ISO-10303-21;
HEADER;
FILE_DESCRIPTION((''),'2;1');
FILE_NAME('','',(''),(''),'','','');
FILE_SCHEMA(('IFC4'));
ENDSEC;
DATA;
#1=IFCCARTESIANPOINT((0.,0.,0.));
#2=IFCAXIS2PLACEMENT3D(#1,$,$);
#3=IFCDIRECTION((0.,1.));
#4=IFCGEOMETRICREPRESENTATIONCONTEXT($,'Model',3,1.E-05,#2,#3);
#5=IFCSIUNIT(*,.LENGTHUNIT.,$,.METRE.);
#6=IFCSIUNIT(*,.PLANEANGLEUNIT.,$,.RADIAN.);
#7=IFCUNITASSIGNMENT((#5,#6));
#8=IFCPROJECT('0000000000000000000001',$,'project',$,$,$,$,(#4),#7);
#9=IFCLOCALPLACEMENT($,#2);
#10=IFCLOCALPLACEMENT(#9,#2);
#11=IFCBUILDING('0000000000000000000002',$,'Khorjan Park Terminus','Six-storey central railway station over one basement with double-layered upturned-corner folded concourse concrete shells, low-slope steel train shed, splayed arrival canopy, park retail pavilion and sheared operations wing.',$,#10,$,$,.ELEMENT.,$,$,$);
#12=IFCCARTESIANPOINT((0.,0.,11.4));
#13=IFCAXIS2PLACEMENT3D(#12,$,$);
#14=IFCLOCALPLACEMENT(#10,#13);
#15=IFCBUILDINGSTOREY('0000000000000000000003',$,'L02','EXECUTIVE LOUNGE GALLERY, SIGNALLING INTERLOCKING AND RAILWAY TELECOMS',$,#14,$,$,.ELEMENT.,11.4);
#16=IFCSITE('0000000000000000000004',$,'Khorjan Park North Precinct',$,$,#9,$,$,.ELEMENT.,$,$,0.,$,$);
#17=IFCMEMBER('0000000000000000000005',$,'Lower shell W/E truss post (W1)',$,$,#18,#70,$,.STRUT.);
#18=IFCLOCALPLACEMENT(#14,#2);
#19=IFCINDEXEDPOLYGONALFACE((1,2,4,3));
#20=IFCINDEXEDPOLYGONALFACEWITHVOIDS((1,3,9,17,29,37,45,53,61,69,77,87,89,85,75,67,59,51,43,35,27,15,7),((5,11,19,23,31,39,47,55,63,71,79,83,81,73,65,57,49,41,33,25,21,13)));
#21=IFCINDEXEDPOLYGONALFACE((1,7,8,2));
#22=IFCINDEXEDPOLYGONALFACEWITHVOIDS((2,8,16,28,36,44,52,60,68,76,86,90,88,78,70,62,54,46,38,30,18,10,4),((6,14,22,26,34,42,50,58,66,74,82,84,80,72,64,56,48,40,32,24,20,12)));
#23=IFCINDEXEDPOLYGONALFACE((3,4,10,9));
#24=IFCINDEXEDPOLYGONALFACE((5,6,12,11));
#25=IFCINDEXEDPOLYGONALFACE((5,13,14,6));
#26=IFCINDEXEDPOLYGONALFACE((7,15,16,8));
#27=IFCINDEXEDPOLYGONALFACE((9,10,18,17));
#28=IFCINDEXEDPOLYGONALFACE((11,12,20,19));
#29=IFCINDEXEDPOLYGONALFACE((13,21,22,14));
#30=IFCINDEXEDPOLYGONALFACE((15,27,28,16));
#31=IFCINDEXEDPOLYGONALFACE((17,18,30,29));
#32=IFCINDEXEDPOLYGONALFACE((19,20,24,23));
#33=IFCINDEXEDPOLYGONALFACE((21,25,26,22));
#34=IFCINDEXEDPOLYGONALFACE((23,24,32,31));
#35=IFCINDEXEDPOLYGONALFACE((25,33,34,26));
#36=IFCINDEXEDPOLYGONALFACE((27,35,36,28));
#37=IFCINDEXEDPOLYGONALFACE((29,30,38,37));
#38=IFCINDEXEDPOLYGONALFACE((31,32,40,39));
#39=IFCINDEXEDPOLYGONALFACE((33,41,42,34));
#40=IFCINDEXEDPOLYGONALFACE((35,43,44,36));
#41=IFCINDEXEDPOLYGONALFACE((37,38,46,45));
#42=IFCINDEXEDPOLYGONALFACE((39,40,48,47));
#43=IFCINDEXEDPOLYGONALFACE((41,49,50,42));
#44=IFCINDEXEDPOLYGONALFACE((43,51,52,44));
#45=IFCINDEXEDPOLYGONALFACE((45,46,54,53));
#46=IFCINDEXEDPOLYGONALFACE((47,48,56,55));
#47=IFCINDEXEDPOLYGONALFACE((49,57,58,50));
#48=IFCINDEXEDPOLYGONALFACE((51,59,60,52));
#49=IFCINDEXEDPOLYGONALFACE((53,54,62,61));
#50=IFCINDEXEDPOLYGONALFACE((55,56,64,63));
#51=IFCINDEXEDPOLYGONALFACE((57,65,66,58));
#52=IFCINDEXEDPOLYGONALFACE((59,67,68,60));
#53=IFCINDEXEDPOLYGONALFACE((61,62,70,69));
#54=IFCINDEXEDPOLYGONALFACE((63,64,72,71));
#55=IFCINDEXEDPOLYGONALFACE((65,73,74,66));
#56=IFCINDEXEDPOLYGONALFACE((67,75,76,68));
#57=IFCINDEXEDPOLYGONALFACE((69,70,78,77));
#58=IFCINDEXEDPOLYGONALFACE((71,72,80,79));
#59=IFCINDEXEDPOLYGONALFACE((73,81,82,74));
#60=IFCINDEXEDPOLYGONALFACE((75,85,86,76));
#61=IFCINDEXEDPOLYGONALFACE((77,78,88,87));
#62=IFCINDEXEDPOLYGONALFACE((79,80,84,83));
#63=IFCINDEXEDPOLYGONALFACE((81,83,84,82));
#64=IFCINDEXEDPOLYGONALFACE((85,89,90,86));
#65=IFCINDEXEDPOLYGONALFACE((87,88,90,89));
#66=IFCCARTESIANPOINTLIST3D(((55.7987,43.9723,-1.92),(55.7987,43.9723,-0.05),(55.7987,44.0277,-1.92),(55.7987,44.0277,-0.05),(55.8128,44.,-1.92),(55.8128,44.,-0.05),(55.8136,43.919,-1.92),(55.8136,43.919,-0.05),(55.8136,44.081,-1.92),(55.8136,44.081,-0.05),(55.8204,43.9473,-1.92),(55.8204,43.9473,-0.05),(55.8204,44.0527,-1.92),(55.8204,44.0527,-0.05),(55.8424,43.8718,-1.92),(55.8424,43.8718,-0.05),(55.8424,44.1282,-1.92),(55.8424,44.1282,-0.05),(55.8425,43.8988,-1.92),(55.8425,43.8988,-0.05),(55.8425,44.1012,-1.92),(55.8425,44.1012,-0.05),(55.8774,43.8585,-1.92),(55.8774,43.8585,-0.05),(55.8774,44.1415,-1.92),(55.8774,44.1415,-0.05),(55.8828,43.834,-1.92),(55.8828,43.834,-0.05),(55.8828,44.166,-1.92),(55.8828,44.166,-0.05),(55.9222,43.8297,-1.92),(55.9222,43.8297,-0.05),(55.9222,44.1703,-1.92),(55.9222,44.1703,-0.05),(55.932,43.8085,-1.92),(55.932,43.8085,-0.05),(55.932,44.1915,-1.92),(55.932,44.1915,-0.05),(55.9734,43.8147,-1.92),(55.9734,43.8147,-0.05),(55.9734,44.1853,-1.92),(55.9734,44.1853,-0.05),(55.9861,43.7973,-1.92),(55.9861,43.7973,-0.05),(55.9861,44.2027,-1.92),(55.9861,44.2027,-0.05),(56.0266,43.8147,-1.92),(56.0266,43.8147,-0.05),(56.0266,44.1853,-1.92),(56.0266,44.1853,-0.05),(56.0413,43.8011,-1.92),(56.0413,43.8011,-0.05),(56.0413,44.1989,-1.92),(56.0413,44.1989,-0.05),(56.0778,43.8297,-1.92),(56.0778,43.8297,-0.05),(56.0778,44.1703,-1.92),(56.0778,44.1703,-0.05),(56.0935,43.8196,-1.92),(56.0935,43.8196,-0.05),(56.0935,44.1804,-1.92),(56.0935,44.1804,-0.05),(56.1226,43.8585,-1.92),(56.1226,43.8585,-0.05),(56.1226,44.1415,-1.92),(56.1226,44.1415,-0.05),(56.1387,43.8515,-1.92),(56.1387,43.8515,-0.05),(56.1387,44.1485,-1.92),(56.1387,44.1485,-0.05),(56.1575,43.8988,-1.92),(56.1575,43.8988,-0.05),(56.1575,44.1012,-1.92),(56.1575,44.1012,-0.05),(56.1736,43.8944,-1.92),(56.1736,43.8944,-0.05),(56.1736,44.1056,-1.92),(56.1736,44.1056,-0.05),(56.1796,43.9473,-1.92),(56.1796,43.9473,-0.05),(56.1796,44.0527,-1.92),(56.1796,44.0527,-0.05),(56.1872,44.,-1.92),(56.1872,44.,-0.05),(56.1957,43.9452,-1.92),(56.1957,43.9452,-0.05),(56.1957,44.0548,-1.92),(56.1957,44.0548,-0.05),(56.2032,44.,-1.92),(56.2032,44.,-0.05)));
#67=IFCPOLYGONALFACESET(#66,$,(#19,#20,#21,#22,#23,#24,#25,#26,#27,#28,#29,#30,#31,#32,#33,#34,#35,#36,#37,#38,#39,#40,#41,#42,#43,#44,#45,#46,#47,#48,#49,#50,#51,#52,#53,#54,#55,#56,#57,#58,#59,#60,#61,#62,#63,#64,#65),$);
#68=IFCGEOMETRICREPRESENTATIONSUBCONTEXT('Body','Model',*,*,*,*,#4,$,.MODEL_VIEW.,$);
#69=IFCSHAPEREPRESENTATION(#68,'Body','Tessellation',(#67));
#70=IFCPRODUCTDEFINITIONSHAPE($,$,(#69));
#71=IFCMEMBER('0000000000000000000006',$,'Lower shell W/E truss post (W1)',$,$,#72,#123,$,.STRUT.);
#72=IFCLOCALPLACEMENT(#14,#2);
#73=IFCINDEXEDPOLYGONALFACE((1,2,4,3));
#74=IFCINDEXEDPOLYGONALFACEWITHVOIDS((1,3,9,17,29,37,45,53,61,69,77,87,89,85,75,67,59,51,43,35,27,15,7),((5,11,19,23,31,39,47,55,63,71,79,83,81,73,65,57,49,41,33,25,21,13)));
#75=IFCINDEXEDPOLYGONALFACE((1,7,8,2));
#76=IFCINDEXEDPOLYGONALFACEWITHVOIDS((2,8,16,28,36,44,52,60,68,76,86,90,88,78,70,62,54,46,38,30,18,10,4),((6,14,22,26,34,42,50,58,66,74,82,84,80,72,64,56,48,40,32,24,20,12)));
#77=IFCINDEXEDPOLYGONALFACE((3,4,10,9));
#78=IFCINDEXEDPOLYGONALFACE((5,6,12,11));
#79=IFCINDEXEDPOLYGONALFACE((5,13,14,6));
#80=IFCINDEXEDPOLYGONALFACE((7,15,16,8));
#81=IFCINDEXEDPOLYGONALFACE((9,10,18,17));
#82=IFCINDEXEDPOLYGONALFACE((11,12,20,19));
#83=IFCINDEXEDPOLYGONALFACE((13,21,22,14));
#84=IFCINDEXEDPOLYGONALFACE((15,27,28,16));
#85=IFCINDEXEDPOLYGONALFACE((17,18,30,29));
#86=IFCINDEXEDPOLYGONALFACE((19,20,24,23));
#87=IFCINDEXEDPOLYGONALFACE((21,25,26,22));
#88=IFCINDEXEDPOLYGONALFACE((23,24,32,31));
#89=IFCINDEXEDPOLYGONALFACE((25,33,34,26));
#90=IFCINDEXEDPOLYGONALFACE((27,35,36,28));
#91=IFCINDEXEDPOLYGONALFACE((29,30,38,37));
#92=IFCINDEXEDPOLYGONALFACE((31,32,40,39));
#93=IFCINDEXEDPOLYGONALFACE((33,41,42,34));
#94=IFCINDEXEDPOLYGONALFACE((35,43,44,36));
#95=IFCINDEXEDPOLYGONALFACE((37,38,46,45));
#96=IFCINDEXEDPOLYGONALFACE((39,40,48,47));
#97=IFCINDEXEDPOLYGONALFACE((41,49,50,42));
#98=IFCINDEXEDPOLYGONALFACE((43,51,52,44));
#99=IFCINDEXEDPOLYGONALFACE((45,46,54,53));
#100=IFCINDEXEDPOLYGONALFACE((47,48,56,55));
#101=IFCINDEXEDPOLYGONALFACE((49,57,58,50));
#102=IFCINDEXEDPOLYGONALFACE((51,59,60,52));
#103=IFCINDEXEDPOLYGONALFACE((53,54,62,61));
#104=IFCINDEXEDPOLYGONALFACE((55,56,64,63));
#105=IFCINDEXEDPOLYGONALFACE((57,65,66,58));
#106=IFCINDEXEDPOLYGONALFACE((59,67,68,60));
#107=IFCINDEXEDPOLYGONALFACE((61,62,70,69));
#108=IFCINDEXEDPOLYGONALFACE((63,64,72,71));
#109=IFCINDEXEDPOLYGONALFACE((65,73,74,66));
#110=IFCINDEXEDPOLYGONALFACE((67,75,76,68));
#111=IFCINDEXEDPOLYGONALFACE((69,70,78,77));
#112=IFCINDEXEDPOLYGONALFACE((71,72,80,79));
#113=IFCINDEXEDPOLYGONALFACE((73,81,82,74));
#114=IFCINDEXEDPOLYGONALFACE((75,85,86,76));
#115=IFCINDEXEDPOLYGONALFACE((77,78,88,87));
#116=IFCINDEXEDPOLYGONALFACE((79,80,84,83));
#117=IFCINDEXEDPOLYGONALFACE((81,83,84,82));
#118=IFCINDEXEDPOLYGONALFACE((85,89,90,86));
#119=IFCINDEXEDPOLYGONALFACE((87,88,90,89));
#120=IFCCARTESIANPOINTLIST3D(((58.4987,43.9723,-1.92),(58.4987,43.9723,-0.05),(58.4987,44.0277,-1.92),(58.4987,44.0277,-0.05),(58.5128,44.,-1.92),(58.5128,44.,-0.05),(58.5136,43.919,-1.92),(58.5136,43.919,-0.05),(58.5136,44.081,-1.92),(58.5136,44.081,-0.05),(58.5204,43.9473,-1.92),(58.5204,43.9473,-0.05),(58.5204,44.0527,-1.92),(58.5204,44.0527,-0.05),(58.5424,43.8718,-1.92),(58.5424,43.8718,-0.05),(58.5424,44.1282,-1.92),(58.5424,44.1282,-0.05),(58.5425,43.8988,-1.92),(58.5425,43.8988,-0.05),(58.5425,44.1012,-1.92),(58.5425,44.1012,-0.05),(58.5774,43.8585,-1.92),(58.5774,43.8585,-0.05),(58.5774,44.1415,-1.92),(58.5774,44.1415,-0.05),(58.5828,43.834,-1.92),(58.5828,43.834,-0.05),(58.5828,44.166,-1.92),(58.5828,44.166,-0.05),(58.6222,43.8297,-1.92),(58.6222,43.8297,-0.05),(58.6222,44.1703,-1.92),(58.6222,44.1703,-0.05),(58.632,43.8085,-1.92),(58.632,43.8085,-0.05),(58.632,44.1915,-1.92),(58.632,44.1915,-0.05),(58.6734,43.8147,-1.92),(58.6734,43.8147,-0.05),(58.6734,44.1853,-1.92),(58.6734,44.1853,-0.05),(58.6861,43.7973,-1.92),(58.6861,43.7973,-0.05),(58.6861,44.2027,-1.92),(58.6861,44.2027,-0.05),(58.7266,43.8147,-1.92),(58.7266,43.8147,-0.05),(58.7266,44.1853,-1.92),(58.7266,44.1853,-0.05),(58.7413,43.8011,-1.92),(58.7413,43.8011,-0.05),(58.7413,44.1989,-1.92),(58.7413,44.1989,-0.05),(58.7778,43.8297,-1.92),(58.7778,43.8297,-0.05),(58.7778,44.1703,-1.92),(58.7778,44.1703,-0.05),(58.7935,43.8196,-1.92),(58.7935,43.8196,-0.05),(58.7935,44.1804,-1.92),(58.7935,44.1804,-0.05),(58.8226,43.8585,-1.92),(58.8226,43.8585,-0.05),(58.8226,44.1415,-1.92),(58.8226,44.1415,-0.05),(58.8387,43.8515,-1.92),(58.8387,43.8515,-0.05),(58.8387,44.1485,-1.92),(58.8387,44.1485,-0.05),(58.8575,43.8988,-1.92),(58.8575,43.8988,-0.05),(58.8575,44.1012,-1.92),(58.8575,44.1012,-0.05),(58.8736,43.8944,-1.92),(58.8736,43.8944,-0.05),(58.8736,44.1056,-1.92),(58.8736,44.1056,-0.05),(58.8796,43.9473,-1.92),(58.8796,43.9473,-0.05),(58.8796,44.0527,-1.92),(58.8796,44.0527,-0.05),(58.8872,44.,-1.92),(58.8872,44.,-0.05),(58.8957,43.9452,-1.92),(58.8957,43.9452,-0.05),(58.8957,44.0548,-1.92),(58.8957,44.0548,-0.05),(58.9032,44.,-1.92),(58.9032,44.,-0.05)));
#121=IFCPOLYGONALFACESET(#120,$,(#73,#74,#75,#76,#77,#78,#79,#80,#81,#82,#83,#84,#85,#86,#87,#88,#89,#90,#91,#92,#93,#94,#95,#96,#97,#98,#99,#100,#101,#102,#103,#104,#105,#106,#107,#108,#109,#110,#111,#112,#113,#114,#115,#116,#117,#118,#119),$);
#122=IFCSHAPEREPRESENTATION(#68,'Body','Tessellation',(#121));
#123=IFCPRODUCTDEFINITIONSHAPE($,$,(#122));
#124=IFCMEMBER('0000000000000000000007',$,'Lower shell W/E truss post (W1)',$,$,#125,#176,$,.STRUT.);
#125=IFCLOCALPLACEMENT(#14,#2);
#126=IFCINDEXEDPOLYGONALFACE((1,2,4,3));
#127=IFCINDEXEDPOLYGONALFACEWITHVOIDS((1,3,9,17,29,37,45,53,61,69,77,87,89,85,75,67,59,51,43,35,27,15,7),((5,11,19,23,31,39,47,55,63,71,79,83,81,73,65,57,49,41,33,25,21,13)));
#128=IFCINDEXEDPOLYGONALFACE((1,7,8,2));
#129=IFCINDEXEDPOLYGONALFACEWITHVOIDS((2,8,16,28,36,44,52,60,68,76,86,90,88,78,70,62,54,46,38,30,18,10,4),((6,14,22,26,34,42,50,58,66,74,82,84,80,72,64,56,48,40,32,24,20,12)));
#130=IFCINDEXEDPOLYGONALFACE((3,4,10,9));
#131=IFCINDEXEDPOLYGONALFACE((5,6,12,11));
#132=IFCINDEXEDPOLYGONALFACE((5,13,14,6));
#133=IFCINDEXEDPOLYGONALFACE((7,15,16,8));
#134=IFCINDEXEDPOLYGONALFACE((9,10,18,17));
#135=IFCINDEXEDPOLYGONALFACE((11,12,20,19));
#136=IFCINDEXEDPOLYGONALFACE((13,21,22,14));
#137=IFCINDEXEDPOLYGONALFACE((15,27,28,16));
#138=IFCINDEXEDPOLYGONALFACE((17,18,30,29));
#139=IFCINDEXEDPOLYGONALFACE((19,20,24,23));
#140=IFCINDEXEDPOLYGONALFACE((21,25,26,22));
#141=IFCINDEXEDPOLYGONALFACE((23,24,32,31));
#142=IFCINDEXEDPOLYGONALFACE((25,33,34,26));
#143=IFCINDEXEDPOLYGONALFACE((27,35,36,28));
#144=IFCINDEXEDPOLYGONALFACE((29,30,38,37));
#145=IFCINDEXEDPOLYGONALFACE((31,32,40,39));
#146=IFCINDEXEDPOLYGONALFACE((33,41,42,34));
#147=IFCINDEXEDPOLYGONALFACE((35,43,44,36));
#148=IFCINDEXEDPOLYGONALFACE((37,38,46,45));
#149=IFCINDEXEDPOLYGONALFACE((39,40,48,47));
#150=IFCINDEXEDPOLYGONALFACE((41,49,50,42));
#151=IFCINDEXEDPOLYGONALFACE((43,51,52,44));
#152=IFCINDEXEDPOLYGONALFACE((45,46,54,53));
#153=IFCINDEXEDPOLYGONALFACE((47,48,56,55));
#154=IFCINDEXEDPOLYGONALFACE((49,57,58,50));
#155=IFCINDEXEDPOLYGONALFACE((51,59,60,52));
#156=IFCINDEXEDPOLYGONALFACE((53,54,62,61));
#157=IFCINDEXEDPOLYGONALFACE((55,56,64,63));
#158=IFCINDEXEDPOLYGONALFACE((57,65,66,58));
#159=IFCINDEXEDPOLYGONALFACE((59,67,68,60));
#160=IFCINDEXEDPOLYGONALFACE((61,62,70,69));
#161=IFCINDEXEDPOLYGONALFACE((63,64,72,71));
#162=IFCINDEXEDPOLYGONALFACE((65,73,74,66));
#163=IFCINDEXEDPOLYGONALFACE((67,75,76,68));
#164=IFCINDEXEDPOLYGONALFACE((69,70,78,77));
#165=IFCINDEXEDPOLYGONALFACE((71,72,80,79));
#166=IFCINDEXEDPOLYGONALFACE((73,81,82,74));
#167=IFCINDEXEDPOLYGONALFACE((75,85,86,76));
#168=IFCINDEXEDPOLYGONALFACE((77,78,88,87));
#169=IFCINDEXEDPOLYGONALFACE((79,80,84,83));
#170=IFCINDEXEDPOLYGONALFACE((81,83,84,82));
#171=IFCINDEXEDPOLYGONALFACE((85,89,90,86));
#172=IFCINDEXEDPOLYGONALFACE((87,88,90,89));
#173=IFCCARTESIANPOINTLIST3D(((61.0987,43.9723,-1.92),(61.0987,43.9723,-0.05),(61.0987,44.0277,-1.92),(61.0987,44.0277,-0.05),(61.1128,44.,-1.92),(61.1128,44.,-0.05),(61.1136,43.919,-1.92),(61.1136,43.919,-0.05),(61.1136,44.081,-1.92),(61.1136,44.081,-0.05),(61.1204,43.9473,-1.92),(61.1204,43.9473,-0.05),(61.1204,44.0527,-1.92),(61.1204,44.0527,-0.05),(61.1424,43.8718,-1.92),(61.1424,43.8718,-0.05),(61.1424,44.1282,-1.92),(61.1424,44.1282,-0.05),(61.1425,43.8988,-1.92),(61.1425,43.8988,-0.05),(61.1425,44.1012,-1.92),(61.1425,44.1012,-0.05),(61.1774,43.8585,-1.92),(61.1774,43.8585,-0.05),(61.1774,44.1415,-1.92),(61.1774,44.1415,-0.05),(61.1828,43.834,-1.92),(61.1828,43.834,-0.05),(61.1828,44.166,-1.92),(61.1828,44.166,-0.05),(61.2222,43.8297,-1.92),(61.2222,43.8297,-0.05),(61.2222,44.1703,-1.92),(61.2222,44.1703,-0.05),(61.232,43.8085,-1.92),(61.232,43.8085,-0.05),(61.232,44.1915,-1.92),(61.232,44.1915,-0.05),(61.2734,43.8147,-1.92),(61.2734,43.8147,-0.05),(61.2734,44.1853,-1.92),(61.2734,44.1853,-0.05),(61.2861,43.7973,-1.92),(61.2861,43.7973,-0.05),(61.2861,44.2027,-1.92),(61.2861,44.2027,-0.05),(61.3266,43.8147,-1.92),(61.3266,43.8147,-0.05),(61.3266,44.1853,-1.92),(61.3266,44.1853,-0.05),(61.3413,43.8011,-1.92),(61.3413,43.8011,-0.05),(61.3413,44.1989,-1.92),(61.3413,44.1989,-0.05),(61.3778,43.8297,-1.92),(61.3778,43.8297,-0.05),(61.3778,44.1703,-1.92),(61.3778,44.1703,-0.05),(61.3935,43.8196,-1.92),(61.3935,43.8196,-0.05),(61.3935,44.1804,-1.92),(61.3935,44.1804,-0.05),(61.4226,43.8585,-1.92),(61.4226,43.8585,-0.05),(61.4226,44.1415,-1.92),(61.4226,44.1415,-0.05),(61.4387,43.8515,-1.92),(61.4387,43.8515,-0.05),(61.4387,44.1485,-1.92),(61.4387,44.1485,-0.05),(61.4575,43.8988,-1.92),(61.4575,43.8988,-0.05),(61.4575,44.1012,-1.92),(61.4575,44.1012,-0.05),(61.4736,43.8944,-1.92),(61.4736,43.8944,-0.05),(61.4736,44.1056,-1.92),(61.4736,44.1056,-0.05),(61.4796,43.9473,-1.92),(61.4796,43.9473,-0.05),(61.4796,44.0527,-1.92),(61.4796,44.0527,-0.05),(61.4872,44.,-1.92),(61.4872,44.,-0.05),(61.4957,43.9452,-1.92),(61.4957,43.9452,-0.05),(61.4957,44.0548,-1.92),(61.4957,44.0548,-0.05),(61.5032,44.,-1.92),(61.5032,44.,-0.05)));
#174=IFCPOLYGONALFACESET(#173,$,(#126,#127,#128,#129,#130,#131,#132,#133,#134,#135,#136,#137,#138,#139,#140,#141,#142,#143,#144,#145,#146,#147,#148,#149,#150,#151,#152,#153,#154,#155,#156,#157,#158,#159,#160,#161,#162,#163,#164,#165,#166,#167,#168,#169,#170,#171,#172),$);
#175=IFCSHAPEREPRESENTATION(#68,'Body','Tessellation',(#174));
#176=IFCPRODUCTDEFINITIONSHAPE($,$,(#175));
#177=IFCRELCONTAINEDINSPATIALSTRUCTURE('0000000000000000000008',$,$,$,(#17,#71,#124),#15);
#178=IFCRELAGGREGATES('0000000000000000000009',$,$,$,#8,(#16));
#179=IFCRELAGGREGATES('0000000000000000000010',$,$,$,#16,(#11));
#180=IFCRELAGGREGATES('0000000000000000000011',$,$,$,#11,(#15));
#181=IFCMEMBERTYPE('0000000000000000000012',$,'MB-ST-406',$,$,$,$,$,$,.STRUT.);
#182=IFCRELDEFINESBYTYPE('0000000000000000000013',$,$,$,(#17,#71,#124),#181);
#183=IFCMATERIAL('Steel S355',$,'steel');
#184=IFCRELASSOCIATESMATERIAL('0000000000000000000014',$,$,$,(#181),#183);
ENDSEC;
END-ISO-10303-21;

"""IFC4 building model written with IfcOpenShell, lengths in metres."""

from ifc_helpers import new_model, si_unit, direction, frame, origin, origin_2d, place, context, subcontext, project, spatial, hollow_circle, extrude, material, material_profile, profile_set, type_object, element, save


model = new_model("IFC4")

# Units and contexts
model_context = context("Model", 3, precision=1e-05, world=origin(), true_north=direction((0.0, 1.0)))
body_context = subcontext(model_context, "Body", "Model", "MODEL_VIEW")
ifc_project = project(units=[si_unit("LENGTHUNIT", "METRE"), si_unit("PLANEANGLEUNIT", "RADIAN")], contexts=[model_context])

# Site, building, storey
site_placement = place(None, origin())
site = spatial("IfcSite", under=ifc_project, at=site_placement, Name="Khorjan Park North Precinct", CompositionType="ELEMENT", RefElevation=0.0)
building_placement = place(site_placement, origin())
building = spatial("IfcBuilding", under=site, at=building_placement, Name="Khorjan Park Terminus", Description="Six-storey central railway station over one basement with double-layered upturned-corner folded concourse concrete shells, low-slope steel train shed, splayed arrival canopy, park retail pavilion and sheared operations wing.", CompositionType="ELEMENT")
storey_placement = place(building_placement, frame((0.0, 0.0, 11.4)))
storey = spatial("IfcBuildingStorey", under=building, at=storey_placement, Name="L02", Description="EXECUTIVE LOUNGE GALLERY, SIGNALLING INTERLOCKING AND RAILWAY TELECOMS", CompositionType="ELEMENT", Elevation=11.4)

# Shared definitions
ifc_material_1 = material(Name="Steel S355", Category="steel")

# Members
ifc_material_profile_1 = material_profile(ifc_material_1, hollow_circle(Radius=0.2032, WallThickness=0.016, at=origin_2d()), Name="CHS 406.4x16")
ifc_profile_set_1 = profile_set([ifc_material_profile_1], Name="Steel S355")
member_type_1 = type_object("IfcMemberType", Name="MB-ST-406", PredefinedType="STRUT", material=ifc_profile_set_1)
for number, where, z_axis, x_axis, name in (
    (1, (56.0, 44.0, -1.92), (0.0, 0.0, 1.0), (1.0, 0.0, 0.0), "Lower shell W/E truss post (W1)"),
    (2, (58.7, 44.0, -1.92), (0.0, 0.0, 1.0), (1.0, 0.0, 0.0), "Lower shell W/E truss post (W1)"),
    (3, (61.3, 44.0, -1.92), (0.0, 0.0, 1.0), (1.0, 0.0, 0.0), "Lower shell W/E truss post (W1)"),
):
    element("IfcMember", number, at=place(storey_placement, frame(where, z_axis=z_axis, x_axis=x_axis)), inside=storey, type_object=member_type_1, Name=name, PredefinedType="STRUT", context=body_context, shape_type="SweptSolid", body=[
        extrude(hollow_circle(Radius=0.2032, WallThickness=0.016, at=origin_2d()), origin(), (0.0, 0.0, 1.0), 1.87),
    ])

save(model, "model.ifc")
